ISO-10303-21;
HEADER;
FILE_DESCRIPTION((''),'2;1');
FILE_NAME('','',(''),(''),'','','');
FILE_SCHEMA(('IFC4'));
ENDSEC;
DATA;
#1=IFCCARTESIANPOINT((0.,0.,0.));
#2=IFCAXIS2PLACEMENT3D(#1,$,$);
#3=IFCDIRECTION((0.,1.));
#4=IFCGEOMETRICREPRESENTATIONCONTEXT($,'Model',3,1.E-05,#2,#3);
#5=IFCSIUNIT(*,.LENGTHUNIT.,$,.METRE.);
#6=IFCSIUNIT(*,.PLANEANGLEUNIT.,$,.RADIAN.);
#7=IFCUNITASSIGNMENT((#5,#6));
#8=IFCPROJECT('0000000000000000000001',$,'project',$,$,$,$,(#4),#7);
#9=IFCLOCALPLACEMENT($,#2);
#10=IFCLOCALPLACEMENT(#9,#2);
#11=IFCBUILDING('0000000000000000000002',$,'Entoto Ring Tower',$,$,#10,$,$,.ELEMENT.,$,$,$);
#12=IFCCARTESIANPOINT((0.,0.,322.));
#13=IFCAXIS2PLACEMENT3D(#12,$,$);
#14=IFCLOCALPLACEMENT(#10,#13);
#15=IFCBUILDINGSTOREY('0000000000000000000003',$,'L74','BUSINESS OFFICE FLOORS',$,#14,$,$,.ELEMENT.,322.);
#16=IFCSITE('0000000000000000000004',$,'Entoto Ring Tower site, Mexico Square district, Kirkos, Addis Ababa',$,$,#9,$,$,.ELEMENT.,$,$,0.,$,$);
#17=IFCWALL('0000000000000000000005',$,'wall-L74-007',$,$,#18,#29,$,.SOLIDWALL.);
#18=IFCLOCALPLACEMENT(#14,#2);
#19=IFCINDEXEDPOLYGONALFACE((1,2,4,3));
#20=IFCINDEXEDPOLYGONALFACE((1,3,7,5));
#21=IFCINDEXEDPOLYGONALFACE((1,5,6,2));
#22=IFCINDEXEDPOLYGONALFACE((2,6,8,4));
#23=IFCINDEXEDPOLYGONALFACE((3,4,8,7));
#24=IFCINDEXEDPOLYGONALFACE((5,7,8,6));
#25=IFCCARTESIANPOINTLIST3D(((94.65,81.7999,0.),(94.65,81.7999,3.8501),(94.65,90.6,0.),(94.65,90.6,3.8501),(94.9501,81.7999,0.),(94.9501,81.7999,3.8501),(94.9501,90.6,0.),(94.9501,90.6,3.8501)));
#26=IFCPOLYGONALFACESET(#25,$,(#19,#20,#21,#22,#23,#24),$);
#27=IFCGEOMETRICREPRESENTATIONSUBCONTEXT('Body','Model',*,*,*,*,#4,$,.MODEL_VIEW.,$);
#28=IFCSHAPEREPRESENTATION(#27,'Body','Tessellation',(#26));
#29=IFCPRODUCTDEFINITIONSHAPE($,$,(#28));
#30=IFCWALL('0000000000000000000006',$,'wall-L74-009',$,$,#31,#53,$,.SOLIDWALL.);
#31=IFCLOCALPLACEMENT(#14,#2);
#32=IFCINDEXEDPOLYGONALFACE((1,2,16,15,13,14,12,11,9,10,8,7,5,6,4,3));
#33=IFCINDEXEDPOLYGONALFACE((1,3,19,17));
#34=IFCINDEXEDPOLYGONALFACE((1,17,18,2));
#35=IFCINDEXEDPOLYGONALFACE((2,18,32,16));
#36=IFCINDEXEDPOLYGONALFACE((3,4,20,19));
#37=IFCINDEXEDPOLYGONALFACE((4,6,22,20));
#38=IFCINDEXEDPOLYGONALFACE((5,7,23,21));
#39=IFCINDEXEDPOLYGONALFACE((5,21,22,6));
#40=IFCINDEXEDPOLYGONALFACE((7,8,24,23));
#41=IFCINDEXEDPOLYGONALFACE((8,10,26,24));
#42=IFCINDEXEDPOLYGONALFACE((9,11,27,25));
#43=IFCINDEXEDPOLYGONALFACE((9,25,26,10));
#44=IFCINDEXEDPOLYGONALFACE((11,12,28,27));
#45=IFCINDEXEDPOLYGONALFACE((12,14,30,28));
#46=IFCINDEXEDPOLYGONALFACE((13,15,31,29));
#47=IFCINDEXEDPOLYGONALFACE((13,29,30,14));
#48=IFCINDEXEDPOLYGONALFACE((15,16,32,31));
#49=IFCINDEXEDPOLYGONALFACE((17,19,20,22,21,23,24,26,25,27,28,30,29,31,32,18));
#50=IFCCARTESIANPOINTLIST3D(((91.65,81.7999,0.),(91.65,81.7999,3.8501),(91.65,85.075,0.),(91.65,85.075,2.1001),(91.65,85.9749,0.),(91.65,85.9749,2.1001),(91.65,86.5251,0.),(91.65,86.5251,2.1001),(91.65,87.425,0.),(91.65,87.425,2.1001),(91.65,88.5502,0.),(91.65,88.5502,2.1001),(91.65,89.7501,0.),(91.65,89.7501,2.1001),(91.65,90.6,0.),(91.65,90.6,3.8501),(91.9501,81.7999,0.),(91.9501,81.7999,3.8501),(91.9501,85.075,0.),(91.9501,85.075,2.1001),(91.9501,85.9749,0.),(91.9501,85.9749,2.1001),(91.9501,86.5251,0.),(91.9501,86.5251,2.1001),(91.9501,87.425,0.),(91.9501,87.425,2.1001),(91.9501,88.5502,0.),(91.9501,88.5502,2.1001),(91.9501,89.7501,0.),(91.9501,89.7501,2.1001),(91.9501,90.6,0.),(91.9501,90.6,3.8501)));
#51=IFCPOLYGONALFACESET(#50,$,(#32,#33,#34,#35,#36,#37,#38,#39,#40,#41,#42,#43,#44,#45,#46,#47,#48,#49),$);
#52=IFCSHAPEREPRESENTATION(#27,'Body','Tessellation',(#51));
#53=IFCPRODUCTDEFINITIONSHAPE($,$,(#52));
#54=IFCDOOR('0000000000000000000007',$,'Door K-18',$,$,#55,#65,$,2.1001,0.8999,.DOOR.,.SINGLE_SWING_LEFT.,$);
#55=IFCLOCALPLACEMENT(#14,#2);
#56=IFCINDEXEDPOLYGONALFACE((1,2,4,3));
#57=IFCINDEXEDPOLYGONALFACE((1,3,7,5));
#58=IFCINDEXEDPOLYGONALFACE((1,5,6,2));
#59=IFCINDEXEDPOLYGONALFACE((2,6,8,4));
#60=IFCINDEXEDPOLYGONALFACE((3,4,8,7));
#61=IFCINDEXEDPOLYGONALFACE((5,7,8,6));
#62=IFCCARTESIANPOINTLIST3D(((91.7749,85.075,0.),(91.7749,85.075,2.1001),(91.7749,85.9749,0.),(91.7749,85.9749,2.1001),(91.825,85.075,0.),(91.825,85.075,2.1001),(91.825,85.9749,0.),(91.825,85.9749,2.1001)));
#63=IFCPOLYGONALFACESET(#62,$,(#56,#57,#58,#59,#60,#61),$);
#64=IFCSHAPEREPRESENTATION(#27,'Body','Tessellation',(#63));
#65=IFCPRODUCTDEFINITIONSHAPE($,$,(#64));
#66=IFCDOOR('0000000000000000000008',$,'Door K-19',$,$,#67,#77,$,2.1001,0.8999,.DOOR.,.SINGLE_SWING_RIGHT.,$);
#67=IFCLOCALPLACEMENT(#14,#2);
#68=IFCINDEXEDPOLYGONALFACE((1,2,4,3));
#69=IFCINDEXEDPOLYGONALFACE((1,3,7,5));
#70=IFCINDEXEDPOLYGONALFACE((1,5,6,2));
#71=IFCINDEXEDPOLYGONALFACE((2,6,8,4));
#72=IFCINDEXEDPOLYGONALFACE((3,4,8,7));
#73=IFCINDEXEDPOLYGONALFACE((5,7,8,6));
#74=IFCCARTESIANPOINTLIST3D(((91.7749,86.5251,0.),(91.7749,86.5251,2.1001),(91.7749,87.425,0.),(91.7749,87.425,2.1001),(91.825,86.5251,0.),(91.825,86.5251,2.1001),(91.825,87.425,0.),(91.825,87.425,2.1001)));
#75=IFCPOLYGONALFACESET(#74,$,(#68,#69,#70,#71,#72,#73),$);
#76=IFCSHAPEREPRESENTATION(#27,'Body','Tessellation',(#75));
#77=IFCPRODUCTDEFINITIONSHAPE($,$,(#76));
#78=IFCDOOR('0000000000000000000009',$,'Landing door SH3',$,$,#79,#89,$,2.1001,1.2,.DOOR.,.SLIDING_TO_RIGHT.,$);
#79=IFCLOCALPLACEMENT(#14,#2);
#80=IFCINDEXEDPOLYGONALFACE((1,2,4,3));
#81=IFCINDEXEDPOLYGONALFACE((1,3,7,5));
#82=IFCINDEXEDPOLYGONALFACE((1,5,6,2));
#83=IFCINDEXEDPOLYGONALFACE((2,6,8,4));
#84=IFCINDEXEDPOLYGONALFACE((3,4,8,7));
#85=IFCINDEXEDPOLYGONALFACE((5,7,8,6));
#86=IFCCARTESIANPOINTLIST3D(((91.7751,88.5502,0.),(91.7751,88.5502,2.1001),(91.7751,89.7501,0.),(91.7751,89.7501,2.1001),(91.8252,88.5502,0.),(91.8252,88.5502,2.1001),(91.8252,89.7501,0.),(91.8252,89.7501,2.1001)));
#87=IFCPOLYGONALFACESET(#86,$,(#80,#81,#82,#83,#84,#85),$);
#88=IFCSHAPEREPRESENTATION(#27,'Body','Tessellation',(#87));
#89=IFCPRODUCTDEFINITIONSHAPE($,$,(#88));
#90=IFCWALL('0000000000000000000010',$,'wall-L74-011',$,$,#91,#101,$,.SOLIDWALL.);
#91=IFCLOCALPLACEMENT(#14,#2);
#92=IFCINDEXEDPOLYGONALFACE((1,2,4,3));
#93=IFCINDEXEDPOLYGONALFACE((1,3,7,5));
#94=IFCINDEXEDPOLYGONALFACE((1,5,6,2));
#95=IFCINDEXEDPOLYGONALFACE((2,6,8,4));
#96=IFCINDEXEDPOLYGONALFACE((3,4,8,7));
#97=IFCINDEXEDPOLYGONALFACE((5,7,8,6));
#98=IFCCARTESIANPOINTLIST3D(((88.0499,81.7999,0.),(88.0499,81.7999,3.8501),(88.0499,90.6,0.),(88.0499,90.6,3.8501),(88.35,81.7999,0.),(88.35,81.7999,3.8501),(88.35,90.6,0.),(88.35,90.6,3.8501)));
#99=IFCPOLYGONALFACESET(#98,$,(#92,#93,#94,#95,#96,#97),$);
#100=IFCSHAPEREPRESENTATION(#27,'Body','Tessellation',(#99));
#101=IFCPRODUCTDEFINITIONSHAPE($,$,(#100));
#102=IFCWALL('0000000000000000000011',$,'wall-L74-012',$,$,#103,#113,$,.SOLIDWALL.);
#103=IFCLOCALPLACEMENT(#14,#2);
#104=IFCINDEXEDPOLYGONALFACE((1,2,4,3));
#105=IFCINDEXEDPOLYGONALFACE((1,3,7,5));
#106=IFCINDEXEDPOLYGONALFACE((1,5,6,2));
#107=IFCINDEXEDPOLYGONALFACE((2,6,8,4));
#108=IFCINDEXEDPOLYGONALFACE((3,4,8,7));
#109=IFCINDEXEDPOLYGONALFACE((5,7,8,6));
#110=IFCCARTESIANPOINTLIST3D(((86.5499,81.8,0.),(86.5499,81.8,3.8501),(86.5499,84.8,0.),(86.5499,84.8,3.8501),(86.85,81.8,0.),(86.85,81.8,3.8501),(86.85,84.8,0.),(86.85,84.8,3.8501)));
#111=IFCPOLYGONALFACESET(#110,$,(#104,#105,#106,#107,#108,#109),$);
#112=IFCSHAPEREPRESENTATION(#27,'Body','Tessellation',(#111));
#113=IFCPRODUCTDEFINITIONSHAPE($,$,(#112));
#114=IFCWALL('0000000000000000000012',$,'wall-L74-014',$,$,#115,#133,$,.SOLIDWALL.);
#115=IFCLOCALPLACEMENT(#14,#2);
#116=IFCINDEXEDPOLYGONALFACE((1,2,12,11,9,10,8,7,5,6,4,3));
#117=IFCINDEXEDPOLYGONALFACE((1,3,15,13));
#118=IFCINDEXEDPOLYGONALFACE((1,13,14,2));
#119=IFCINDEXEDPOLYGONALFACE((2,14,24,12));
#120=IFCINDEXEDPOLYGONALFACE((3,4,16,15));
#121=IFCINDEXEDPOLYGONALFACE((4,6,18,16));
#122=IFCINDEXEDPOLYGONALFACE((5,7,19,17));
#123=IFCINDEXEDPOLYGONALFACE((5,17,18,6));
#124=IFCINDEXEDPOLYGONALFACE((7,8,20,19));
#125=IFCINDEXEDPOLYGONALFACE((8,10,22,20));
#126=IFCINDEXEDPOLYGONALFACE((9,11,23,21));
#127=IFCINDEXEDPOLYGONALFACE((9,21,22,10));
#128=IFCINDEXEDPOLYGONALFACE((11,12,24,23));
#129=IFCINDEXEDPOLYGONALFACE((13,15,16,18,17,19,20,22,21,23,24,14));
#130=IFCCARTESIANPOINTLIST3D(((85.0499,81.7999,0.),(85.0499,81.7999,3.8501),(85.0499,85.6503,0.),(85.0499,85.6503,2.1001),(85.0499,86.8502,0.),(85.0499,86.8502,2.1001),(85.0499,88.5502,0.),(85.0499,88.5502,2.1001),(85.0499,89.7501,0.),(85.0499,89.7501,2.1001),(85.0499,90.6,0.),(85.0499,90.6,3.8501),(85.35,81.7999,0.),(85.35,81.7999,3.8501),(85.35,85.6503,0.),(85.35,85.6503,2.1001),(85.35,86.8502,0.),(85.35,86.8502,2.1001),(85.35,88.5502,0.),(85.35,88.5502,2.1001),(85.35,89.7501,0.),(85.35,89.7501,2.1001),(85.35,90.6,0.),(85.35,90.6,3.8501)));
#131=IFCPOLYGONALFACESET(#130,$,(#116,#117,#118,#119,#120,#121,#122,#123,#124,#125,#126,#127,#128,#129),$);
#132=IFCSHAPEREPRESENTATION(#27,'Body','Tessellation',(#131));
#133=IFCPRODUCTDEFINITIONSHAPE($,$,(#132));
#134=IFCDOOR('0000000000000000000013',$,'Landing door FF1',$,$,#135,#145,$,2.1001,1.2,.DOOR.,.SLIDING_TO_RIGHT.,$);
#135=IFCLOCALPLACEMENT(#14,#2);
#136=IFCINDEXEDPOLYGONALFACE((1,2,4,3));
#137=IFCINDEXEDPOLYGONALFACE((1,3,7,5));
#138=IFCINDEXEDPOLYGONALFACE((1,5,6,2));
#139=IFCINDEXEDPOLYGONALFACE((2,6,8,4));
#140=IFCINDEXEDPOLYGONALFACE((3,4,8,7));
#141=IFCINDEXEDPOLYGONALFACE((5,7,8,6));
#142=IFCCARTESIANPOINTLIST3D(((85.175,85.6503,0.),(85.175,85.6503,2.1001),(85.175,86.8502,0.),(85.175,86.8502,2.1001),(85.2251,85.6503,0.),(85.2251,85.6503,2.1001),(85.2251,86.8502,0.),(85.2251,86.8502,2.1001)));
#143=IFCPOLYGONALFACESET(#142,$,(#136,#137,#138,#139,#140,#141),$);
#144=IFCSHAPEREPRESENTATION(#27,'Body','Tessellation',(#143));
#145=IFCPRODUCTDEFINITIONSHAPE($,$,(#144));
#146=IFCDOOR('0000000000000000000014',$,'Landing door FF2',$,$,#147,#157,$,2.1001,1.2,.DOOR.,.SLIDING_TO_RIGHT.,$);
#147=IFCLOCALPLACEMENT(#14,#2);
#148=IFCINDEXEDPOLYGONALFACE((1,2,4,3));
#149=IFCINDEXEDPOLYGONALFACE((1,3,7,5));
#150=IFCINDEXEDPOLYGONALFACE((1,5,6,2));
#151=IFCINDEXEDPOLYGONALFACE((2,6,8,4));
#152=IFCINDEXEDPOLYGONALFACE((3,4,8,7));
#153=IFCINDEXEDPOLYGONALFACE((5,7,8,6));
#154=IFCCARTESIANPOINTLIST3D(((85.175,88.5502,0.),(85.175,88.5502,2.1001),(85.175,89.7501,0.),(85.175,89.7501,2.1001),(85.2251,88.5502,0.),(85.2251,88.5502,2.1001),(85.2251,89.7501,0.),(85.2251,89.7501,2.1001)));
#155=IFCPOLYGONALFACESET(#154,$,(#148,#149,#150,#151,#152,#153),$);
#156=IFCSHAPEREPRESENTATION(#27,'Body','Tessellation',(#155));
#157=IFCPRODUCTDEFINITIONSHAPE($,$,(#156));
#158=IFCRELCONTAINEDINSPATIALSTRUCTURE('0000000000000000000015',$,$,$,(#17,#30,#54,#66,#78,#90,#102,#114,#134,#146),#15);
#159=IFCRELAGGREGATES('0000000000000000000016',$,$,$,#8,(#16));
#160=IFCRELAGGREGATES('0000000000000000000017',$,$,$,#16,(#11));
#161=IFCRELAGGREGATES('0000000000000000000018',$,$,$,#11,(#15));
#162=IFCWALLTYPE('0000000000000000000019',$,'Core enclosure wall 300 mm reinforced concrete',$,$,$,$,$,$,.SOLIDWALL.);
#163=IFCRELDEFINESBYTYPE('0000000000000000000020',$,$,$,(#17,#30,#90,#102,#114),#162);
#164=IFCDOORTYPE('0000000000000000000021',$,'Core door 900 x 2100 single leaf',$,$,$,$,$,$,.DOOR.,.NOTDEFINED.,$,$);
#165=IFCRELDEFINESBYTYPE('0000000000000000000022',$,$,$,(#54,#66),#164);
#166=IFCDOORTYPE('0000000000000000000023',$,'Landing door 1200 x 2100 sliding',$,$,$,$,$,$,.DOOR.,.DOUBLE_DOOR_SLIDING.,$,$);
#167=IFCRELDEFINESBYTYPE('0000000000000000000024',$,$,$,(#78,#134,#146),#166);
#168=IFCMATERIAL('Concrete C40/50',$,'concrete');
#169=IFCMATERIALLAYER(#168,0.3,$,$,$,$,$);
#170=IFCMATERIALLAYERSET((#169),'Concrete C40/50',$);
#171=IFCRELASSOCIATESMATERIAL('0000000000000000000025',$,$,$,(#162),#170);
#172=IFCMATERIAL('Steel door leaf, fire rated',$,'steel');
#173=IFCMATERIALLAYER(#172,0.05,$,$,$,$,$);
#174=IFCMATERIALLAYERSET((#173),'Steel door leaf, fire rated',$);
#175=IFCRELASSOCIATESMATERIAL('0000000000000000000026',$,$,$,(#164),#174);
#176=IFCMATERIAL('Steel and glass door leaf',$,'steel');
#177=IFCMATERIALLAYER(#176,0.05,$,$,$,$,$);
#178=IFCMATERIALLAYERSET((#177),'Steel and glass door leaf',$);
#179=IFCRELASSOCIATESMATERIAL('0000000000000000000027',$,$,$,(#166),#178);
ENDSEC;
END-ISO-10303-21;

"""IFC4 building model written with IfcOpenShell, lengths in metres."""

from ifc_helpers import new_model, si_unit, direction, frame, frame_2d, origin, place, context, subcontext, project, spatial, rectangle, extrude, material, layer, layer_set, type_object, element, fill, save


model = new_model("IFC4")

# Units and contexts
model_context = context("Model", 3, precision=1e-05, world=origin(), true_north=direction((0.0, 1.0)))
body_context = subcontext(model_context, "Body", "Model", "MODEL_VIEW")
ifc_project = project(units=[si_unit("LENGTHUNIT", "METRE"), si_unit("PLANEANGLEUNIT", "RADIAN")], contexts=[model_context])

# Site, building, storey
site_placement = place(None, origin())
site = spatial("IfcSite", under=ifc_project, at=site_placement, Name="Entoto Ring Tower site, Mexico Square district, Kirkos, Addis Ababa", CompositionType="ELEMENT", RefElevation=0.0)
building_placement = place(site_placement, origin())
building = spatial("IfcBuilding", under=site, at=building_placement, Name="Entoto Ring Tower", CompositionType="ELEMENT")
storey_placement = place(building_placement, frame((0.0, 0.0, 322.0)))
storey = spatial("IfcBuildingStorey", under=building, at=storey_placement, Name="L74", Description="BUSINESS OFFICE FLOORS", CompositionType="ELEMENT", Elevation=322.0)

# Wall
ifc_material_1 = material(Name="Concrete C40/50", Category="concrete")
ifc_layer_1 = layer(ifc_material_1, 0.3)
ifc_layer_set_1 = layer_set([ifc_layer_1], Name="Concrete C40/50")
wall_type = type_object("IfcWallType", Name="Core enclosure wall 300 mm reinforced concrete", PredefinedType="SOLIDWALL", material=ifc_layer_set_1)
wall_1_placement = place(storey_placement, frame((94.8, 81.8, 0.0), z_axis=(0.0, 0.0, 1.0), x_axis=(0.0, 1.0, 0.0)))
element("IfcWall", 1, at=wall_1_placement, inside=storey, type_object=wall_type, Name="wall-L74-007", PredefinedType="SOLIDWALL", context=body_context, shape_type="SweptSolid", body=[
    extrude(rectangle(XDim=8.8, YDim=0.3, at=frame_2d((4.3999, 0.0))), origin(), (0.0, 0.0, 1.0), 3.8501),
])

# Wall, openings, doors
wall_2_placement = place(storey_placement, frame((91.8, 81.8, 0.0), z_axis=(0.0, 0.0, 1.0), x_axis=(0.0, 1.0, 0.0)))
wall_2 = element("IfcWall", 2, at=wall_2_placement, inside=storey, type_object=wall_type, Name="wall-L74-009", PredefinedType="SOLIDWALL", context=body_context, shape_type="SweptSolid", body=[
    extrude(rectangle(XDim=8.8, YDim=0.3, at=frame_2d((4.3999, 0.0))), origin(), (0.0, 0.0, 1.0), 3.8501),
])
opening_1_placement = place(wall_2_placement, frame((6.75, 0.0, 0.0)))
opening_1 = element("IfcOpeningElement", 3, at=opening_1_placement, cuts=wall_2, PredefinedType="OPENING", context=body_context, shape_type="SweptSolid", body=[
    extrude(rectangle(XDim=1.2, YDim=2.1001, at=frame_2d((0.6001, 1.05))), frame((0.0, 0.1602, 0.0), z_axis=(0.0, -1.0, 0.0), x_axis=(1.0, 0.0, 0.0)), (0.0, 0.0, 1.0), 0.3201),
])
opening_2_placement = place(wall_2_placement, frame((3.2749, 0.0, 0.0)))
opening_2 = element("IfcOpeningElement", 4, at=opening_2_placement, cuts=wall_2, PredefinedType="OPENING", context=body_context, shape_type="SweptSolid", body=[
    extrude(rectangle(XDim=0.8999, YDim=2.1001, at=frame_2d((0.45, 1.05))), frame((0.0, 0.1602, 0.0), z_axis=(0.0, -1.0, 0.0), x_axis=(1.0, 0.0, 0.0)), (0.0, 0.0, 1.0), 0.3201),
])
opening_3_placement = place(wall_2_placement, frame((4.7251, 0.0, 0.0)))
opening_3 = element("IfcOpeningElement", 5, at=opening_3_placement, cuts=wall_2, PredefinedType="OPENING", context=body_context, shape_type="SweptSolid", body=[
    extrude(rectangle(XDim=0.8999, YDim=2.1001, at=frame_2d((0.45, 1.05))), frame((0.0, 0.1602, 0.0), z_axis=(0.0, -1.0, 0.0), x_axis=(1.0, 0.0, 0.0)), (0.0, 0.0, 1.0), 0.3201),
])
ifc_material_2 = material(Name="Steel door leaf, fire rated", Category="steel")
ifc_layer_2 = layer(ifc_material_2, 0.05)
ifc_layer_set_2 = layer_set([ifc_layer_2], Name="Steel door leaf, fire rated")
door_type_1 = type_object("IfcDoorType", Name="Core door 900 x 2100 single leaf", OperationType="NOTDEFINED", PredefinedType="DOOR", material=ifc_layer_set_2)
door_1_placement = place(opening_2_placement, frame((0.8999, 0.0, 0.0), z_axis=(0.0, 0.0, 1.0), x_axis=(-1.0, 0.0, 0.0)))
door_1 = element("IfcDoor", 6, at=door_1_placement, inside=storey, type_object=door_type_1, Name="Door K-18", OperationType="SINGLE_SWING_LEFT", OverallHeight=2.1001, OverallWidth=0.8999, PredefinedType="DOOR", context=body_context, shape_type="SweptSolid", body=[
    extrude(rectangle(XDim=0.8999, YDim=2.1001, at=frame_2d((0.45, 1.05))), frame((0.0, 0.0249, 0.0), z_axis=(0.0, -1.0, 0.0), x_axis=(1.0, 0.0, 0.0)), (0.0, 0.0, 1.0), 0.05),
])
fill(opening_2, door_1)
door_2_placement = place(opening_3_placement, frame((0.8999, 0.0, 0.0), z_axis=(0.0, 0.0, 1.0), x_axis=(-1.0, 0.0, 0.0)))
door_2 = element("IfcDoor", 7, at=door_2_placement, inside=storey, type_object=door_type_1, Name="Door K-19", OperationType="SINGLE_SWING_RIGHT", OverallHeight=2.1001, OverallWidth=0.8999, PredefinedType="DOOR", context=body_context, shape_type="SweptSolid", body=[
    extrude(rectangle(XDim=0.8999, YDim=2.1001, at=frame_2d((0.45, 1.05))), frame((0.0, 0.0249, 0.0), z_axis=(0.0, -1.0, 0.0), x_axis=(1.0, 0.0, 0.0)), (0.0, 0.0, 1.0), 0.05),
])
fill(opening_3, door_2)
ifc_material_3 = material(Name="Steel and glass door leaf", Category="steel")
ifc_layer_3 = layer(ifc_material_3, 0.05)
ifc_layer_set_3 = layer_set([ifc_layer_3], Name="Steel and glass door leaf")
door_type_2 = type_object("IfcDoorType", Name="Landing door 1200 x 2100 sliding", OperationType="DOUBLE_DOOR_SLIDING", PredefinedType="DOOR", material=ifc_layer_set_3)
door_3_placement = place(opening_1_placement, origin())
door_3 = element("IfcDoor", 8, at=door_3_placement, inside=storey, type_object=door_type_2, Name="Landing door SH3", OperationType="SLIDING_TO_RIGHT", OverallHeight=2.1001, OverallWidth=1.2, PredefinedType="DOOR", context=body_context, shape_type="SweptSolid", body=[
    extrude(rectangle(XDim=1.2, YDim=2.1001, at=frame_2d((0.6001, 1.05))), frame((0.0, 0.0249, 0.0), z_axis=(0.0, -1.0, 0.0), x_axis=(1.0, 0.0, 0.0)), (0.0, 0.0, 1.0), 0.05),
])
fill(opening_1, door_3)

# Walls
wall_3_placement = place(storey_placement, frame((88.2, 81.8, 0.0), z_axis=(0.0, 0.0, 1.0), x_axis=(0.0, 1.0, 0.0)))
element("IfcWall", 9, at=wall_3_placement, inside=storey, type_object=wall_type, Name="wall-L74-011", PredefinedType="SOLIDWALL", context=body_context, shape_type="SweptSolid", body=[
    extrude(rectangle(XDim=8.8, YDim=0.3, at=frame_2d((4.3999, 0.0))), origin(), (0.0, 0.0, 1.0), 3.8501),
])
wall_4_placement = place(storey_placement, frame((86.7, 81.8, 0.0), z_axis=(0.0, 0.0, 1.0), x_axis=(0.0, 1.0, 0.0)))
element("IfcWall", 10, at=wall_4_placement, inside=storey, type_object=wall_type, Name="wall-L74-012", PredefinedType="SOLIDWALL", context=body_context, shape_type="SweptSolid", body=[
    extrude(rectangle(XDim=3.0, YDim=0.3, at=frame_2d((1.5, 0.0))), origin(), (0.0, 0.0, 1.0), 3.8501),
])

# Wall, openings, doors
wall_5_placement = place(storey_placement, frame((85.2, 81.8, 0.0), z_axis=(0.0, 0.0, 1.0), x_axis=(0.0, 1.0, 0.0)))
wall_5 = element("IfcWall", 11, at=wall_5_placement, inside=storey, type_object=wall_type, Name="wall-L74-014", PredefinedType="SOLIDWALL", context=body_context, shape_type="SweptSolid", body=[
    extrude(rectangle(XDim=8.8, YDim=0.3, at=frame_2d((4.3999, 0.0))), origin(), (0.0, 0.0, 1.0), 3.8501),
])
opening_4_placement = place(wall_5_placement, frame((3.8501, 0.0, 0.0)))
opening_4 = element("IfcOpeningElement", 12, at=opening_4_placement, cuts=wall_5, PredefinedType="OPENING", context=body_context, shape_type="SweptSolid", body=[
    extrude(rectangle(XDim=1.2, YDim=2.1001, at=frame_2d((0.6001, 1.05))), frame((0.0, 0.1602, 0.0), z_axis=(0.0, -1.0, 0.0), x_axis=(1.0, 0.0, 0.0)), (0.0, 0.0, 1.0), 0.3201),
])
opening_5_placement = place(wall_5_placement, frame((6.75, 0.0, 0.0)))
opening_5 = element("IfcOpeningElement", 13, at=opening_5_placement, cuts=wall_5, PredefinedType="OPENING", context=body_context, shape_type="SweptSolid", body=[
    extrude(rectangle(XDim=1.2, YDim=2.1001, at=frame_2d((0.6001, 1.05))), frame((0.0, 0.1602, 0.0), z_axis=(0.0, -1.0, 0.0), x_axis=(1.0, 0.0, 0.0)), (0.0, 0.0, 1.0), 0.3201),
])
door_4_placement = place(opening_4_placement, origin())
door_4 = element("IfcDoor", 14, at=door_4_placement, inside=storey, type_object=door_type_2, Name="Landing door FF1", OperationType="SLIDING_TO_RIGHT", OverallHeight=2.1001, OverallWidth=1.2, PredefinedType="DOOR", context=body_context, shape_type="SweptSolid", body=[
    extrude(rectangle(XDim=1.2, YDim=2.1001, at=frame_2d((0.6001, 1.05))), frame((0.0, 0.0249, 0.0), z_axis=(0.0, -1.0, 0.0), x_axis=(1.0, 0.0, 0.0)), (0.0, 0.0, 1.0), 0.05),
])
fill(opening_4, door_4)
door_5_placement = place(opening_5_placement, origin())
door_5 = element("IfcDoor", 15, at=door_5_placement, inside=storey, type_object=door_type_2, Name="Landing door FF2", OperationType="SLIDING_TO_RIGHT", OverallHeight=2.1001, OverallWidth=1.2, PredefinedType="DOOR", context=body_context, shape_type="SweptSolid", body=[
    extrude(rectangle(XDim=1.2, YDim=2.1001, at=frame_2d((0.6001, 1.05))), frame((0.0, 0.0249, 0.0), z_axis=(0.0, -1.0, 0.0), x_axis=(1.0, 0.0, 0.0)), (0.0, 0.0, 1.0), 0.05),
])
fill(opening_5, door_5)

save(model, "model.ifc")
